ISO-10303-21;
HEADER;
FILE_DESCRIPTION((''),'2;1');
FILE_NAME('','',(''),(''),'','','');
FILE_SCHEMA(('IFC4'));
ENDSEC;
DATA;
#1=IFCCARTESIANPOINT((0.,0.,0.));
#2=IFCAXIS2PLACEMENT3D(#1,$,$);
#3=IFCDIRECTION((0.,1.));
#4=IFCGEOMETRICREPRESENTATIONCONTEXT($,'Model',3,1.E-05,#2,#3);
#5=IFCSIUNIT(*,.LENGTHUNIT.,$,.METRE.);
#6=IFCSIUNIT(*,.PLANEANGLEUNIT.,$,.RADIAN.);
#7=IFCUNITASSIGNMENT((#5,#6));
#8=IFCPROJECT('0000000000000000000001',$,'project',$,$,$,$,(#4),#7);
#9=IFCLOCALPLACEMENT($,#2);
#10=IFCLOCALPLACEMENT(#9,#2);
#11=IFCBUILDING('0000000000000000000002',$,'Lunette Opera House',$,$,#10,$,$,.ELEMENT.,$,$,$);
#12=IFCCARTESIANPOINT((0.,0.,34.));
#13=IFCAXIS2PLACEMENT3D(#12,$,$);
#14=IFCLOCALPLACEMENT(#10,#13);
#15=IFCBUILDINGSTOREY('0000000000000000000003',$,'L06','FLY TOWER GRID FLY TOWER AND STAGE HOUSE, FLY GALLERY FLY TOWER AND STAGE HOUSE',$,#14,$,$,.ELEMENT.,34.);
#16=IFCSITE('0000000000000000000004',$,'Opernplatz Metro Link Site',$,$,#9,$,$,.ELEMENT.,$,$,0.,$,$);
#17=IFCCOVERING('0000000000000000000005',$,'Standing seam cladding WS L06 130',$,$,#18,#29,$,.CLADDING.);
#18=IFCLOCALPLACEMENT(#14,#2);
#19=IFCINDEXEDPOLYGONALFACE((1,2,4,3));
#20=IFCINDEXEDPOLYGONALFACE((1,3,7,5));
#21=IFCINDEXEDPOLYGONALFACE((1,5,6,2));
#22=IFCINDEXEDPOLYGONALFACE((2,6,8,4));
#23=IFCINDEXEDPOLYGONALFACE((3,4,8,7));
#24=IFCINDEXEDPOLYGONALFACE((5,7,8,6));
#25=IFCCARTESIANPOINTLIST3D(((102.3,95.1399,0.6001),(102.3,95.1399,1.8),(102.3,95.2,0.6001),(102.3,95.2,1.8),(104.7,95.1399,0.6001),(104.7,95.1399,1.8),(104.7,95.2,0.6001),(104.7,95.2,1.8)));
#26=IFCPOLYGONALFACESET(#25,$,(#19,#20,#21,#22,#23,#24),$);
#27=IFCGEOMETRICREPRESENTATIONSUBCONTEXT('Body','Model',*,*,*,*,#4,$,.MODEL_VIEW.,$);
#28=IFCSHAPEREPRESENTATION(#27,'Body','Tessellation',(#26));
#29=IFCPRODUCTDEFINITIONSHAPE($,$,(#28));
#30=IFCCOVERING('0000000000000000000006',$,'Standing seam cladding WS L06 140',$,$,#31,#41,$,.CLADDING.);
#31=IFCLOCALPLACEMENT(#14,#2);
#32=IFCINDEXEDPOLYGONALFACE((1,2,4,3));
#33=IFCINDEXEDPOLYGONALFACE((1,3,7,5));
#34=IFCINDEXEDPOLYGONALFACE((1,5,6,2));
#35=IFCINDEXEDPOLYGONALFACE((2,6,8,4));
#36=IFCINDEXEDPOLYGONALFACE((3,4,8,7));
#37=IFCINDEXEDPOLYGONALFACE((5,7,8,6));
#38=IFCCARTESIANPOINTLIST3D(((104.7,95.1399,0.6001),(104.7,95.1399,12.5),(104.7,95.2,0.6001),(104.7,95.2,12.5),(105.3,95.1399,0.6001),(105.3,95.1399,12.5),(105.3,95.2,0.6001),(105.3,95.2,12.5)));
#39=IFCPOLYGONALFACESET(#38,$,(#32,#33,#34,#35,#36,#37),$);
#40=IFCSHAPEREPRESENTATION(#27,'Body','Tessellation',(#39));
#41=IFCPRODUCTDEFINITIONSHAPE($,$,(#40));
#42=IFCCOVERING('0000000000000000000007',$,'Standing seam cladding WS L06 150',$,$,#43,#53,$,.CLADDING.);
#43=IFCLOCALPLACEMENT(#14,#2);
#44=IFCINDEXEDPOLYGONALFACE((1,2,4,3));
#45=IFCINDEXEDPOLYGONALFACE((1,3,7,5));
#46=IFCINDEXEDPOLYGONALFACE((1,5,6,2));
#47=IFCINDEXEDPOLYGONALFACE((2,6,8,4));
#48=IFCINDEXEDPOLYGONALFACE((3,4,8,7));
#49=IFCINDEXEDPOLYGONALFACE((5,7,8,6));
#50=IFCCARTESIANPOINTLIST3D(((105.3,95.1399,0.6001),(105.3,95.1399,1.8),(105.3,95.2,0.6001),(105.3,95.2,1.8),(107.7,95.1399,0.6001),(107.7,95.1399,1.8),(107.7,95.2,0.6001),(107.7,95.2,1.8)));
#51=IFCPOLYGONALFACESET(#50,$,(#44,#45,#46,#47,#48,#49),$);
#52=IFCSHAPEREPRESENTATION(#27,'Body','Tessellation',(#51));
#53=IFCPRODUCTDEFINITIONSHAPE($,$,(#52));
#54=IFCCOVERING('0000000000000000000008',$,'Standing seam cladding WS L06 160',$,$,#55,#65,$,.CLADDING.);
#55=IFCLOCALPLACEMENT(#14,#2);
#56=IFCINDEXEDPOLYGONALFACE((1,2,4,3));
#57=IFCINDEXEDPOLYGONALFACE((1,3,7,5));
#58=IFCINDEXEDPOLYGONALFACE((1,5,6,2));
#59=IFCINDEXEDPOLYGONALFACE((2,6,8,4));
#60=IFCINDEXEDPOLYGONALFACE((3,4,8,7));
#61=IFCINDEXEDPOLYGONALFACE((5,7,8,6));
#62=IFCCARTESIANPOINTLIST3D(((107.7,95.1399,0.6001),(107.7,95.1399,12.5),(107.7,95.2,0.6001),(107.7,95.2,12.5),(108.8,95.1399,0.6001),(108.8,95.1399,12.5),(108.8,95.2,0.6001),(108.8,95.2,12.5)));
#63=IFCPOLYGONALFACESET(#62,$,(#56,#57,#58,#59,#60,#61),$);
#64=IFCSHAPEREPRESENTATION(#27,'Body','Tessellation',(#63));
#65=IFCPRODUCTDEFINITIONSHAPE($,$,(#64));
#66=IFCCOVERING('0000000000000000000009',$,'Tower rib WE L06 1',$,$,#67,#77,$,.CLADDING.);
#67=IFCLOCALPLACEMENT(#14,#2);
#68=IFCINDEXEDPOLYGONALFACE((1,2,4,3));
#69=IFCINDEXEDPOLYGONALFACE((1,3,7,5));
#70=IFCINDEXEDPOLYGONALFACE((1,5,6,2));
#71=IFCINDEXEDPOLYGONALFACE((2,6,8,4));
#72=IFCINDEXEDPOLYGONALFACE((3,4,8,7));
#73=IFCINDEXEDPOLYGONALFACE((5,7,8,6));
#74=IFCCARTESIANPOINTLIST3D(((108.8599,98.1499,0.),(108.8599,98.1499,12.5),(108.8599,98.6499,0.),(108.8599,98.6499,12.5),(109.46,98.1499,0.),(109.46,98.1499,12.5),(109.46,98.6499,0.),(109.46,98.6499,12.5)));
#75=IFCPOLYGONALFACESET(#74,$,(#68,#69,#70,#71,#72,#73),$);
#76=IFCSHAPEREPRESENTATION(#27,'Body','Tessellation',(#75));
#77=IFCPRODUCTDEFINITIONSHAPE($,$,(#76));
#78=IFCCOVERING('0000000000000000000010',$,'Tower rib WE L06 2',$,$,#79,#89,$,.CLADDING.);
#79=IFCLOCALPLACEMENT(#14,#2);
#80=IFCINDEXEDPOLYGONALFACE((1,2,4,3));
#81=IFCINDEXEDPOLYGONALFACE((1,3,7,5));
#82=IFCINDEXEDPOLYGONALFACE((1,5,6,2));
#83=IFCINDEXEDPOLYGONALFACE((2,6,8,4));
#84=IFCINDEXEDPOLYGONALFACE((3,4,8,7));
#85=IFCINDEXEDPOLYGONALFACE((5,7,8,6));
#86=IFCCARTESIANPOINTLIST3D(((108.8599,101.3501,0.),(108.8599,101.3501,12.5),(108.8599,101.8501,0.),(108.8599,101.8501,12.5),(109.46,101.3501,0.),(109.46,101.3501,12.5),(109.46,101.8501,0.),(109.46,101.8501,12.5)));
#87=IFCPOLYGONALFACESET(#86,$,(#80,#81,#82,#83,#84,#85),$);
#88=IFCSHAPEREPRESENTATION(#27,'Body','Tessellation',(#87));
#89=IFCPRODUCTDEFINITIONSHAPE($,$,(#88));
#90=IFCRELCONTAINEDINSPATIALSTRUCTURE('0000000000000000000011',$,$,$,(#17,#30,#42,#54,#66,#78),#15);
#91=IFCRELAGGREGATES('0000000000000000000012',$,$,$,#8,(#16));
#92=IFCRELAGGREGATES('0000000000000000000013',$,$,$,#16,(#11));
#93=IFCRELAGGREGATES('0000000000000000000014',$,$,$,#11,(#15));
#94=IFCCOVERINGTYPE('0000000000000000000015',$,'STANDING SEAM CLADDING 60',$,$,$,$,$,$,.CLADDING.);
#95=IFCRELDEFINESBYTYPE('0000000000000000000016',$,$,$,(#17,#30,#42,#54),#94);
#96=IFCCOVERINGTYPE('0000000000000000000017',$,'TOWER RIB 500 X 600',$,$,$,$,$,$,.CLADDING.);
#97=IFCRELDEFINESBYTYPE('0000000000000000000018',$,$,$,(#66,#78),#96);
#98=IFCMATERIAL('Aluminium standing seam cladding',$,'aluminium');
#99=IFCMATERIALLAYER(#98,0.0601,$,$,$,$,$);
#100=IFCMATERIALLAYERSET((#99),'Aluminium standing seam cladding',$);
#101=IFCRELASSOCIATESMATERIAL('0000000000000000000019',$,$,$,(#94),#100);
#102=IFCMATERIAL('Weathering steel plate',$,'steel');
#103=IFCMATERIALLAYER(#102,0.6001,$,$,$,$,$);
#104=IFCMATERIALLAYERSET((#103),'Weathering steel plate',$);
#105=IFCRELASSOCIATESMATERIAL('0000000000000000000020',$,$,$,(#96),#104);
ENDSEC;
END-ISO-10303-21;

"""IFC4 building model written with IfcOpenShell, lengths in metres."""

from ifc_helpers import new_model, si_unit, direction, frame, origin, origin_2d, place, context, subcontext, project, spatial, rectangle, extrude, material, layer, layer_set, type_object, element, save


model = new_model("IFC4")

# Units and contexts
model_context = context("Model", 3, precision=1e-05, world=origin(), true_north=direction((0.0, 1.0)))
body_context = subcontext(model_context, "Body", "Model", "MODEL_VIEW")
ifc_project = project(units=[si_unit("LENGTHUNIT", "METRE"), si_unit("PLANEANGLEUNIT", "RADIAN")], contexts=[model_context])

# Site, building, storey
site_placement = place(None, origin())
site = spatial("IfcSite", under=ifc_project, at=site_placement, Name="Opernplatz Metro Link Site", CompositionType="ELEMENT", RefElevation=0.0)
building_placement = place(site_placement, origin())
building = spatial("IfcBuilding", under=site, at=building_placement, Name="Lunette Opera House", CompositionType="ELEMENT")
storey_placement = place(building_placement, frame((0.0, 0.0, 34.0)))
storey = spatial("IfcBuildingStorey", under=building, at=storey_placement, Name="L06", Description="FLY TOWER GRID FLY TOWER AND STAGE HOUSE, FLY GALLERY FLY TOWER AND STAGE HOUSE", CompositionType="ELEMENT", Elevation=34.0)

# Coverings
ifc_material_1 = material(Name="Aluminium standing seam cladding", Category="aluminium")
ifc_layer_1 = layer(ifc_material_1, 0.0601)
ifc_layer_set_1 = layer_set([ifc_layer_1], Name="Aluminium standing seam cladding")
covering_type_1 = type_object("IfcCoveringType", Name="STANDING SEAM CLADDING 60", PredefinedType="CLADDING", material=ifc_layer_set_1)
covering_1_placement = place(storey_placement, frame((103.5, 95.1699, 0.6001), z_axis=(0.0, 0.0, 1.0), x_axis=(1.0, 0.0, 0.0)))
element("IfcCovering", 1, at=covering_1_placement, inside=storey, type_object=covering_type_1, Name="Standing seam cladding WS L06 130", PredefinedType="CLADDING", context=body_context, shape_type="SweptSolid", body=[
    extrude(rectangle(XDim=2.3999, YDim=0.0601, at=origin_2d()), origin(), (0.0, 0.0, 1.0), 1.2),
])
covering_2_placement = place(storey_placement, frame((105.0, 95.1699, 0.6001), z_axis=(0.0, 0.0, 1.0), x_axis=(1.0, 0.0, 0.0)))
element("IfcCovering", 2, at=covering_2_placement, inside=storey, type_object=covering_type_1, Name="Standing seam cladding WS L06 140", PredefinedType="CLADDING", context=body_context, shape_type="SweptSolid", body=[
    extrude(rectangle(XDim=0.6001, YDim=0.0601, at=origin_2d()), origin(), (0.0, 0.0, 1.0), 11.8999),
])
covering_3_placement = place(storey_placement, frame((106.5, 95.1699, 0.6001), z_axis=(0.0, 0.0, 1.0), x_axis=(1.0, 0.0, 0.0)))
element("IfcCovering", 3, at=covering_3_placement, inside=storey, type_object=covering_type_1, Name="Standing seam cladding WS L06 150", PredefinedType="CLADDING", context=body_context, shape_type="SweptSolid", body=[
    extrude(rectangle(XDim=2.3999, YDim=0.0601, at=origin_2d()), origin(), (0.0, 0.0, 1.0), 1.2),
])
covering_4_placement = place(storey_placement, frame((108.25, 95.1699, 0.6001), z_axis=(0.0, 0.0, 1.0), x_axis=(1.0, 0.0, 0.0)))
element("IfcCovering", 4, at=covering_4_placement, inside=storey, type_object=covering_type_1, Name="Standing seam cladding WS L06 160", PredefinedType="CLADDING", context=body_context, shape_type="SweptSolid", body=[
    extrude(rectangle(XDim=1.1001, YDim=0.0601, at=origin_2d()), origin(), (0.0, 0.0, 1.0), 11.8999),
])
ifc_material_2 = material(Name="Weathering steel plate", Category="steel")
ifc_layer_2 = layer(ifc_material_2, 0.6001)
ifc_layer_set_2 = layer_set([ifc_layer_2], Name="Weathering steel plate")
covering_type_2 = type_object("IfcCoveringType", Name="TOWER RIB 500 X 600", PredefinedType="CLADDING", material=ifc_layer_set_2)
for number, where, z_axis, x_axis, name in (
    (5, (109.1599, 98.3999, 0.0), (0.0, 0.0, 1.0), (0.0, 1.0, 0.0), "Tower rib WE L06 1"),
    (6, (109.1599, 101.6001, 0.0), (0.0, 0.0, 1.0), (0.0, 1.0, 0.0), "Tower rib WE L06 2"),
):
    element("IfcCovering", number, at=place(storey_placement, frame(where, z_axis=z_axis, x_axis=x_axis)), inside=storey, type_object=covering_type_2, Name=name, PredefinedType="CLADDING", context=body_context, shape_type="SweptSolid", body=[
        extrude(rectangle(XDim=0.5, YDim=0.6001, at=origin_2d()), origin(), (0.0, 0.0, 1.0), 12.5),
    ])

save(model, "model.ifc")
